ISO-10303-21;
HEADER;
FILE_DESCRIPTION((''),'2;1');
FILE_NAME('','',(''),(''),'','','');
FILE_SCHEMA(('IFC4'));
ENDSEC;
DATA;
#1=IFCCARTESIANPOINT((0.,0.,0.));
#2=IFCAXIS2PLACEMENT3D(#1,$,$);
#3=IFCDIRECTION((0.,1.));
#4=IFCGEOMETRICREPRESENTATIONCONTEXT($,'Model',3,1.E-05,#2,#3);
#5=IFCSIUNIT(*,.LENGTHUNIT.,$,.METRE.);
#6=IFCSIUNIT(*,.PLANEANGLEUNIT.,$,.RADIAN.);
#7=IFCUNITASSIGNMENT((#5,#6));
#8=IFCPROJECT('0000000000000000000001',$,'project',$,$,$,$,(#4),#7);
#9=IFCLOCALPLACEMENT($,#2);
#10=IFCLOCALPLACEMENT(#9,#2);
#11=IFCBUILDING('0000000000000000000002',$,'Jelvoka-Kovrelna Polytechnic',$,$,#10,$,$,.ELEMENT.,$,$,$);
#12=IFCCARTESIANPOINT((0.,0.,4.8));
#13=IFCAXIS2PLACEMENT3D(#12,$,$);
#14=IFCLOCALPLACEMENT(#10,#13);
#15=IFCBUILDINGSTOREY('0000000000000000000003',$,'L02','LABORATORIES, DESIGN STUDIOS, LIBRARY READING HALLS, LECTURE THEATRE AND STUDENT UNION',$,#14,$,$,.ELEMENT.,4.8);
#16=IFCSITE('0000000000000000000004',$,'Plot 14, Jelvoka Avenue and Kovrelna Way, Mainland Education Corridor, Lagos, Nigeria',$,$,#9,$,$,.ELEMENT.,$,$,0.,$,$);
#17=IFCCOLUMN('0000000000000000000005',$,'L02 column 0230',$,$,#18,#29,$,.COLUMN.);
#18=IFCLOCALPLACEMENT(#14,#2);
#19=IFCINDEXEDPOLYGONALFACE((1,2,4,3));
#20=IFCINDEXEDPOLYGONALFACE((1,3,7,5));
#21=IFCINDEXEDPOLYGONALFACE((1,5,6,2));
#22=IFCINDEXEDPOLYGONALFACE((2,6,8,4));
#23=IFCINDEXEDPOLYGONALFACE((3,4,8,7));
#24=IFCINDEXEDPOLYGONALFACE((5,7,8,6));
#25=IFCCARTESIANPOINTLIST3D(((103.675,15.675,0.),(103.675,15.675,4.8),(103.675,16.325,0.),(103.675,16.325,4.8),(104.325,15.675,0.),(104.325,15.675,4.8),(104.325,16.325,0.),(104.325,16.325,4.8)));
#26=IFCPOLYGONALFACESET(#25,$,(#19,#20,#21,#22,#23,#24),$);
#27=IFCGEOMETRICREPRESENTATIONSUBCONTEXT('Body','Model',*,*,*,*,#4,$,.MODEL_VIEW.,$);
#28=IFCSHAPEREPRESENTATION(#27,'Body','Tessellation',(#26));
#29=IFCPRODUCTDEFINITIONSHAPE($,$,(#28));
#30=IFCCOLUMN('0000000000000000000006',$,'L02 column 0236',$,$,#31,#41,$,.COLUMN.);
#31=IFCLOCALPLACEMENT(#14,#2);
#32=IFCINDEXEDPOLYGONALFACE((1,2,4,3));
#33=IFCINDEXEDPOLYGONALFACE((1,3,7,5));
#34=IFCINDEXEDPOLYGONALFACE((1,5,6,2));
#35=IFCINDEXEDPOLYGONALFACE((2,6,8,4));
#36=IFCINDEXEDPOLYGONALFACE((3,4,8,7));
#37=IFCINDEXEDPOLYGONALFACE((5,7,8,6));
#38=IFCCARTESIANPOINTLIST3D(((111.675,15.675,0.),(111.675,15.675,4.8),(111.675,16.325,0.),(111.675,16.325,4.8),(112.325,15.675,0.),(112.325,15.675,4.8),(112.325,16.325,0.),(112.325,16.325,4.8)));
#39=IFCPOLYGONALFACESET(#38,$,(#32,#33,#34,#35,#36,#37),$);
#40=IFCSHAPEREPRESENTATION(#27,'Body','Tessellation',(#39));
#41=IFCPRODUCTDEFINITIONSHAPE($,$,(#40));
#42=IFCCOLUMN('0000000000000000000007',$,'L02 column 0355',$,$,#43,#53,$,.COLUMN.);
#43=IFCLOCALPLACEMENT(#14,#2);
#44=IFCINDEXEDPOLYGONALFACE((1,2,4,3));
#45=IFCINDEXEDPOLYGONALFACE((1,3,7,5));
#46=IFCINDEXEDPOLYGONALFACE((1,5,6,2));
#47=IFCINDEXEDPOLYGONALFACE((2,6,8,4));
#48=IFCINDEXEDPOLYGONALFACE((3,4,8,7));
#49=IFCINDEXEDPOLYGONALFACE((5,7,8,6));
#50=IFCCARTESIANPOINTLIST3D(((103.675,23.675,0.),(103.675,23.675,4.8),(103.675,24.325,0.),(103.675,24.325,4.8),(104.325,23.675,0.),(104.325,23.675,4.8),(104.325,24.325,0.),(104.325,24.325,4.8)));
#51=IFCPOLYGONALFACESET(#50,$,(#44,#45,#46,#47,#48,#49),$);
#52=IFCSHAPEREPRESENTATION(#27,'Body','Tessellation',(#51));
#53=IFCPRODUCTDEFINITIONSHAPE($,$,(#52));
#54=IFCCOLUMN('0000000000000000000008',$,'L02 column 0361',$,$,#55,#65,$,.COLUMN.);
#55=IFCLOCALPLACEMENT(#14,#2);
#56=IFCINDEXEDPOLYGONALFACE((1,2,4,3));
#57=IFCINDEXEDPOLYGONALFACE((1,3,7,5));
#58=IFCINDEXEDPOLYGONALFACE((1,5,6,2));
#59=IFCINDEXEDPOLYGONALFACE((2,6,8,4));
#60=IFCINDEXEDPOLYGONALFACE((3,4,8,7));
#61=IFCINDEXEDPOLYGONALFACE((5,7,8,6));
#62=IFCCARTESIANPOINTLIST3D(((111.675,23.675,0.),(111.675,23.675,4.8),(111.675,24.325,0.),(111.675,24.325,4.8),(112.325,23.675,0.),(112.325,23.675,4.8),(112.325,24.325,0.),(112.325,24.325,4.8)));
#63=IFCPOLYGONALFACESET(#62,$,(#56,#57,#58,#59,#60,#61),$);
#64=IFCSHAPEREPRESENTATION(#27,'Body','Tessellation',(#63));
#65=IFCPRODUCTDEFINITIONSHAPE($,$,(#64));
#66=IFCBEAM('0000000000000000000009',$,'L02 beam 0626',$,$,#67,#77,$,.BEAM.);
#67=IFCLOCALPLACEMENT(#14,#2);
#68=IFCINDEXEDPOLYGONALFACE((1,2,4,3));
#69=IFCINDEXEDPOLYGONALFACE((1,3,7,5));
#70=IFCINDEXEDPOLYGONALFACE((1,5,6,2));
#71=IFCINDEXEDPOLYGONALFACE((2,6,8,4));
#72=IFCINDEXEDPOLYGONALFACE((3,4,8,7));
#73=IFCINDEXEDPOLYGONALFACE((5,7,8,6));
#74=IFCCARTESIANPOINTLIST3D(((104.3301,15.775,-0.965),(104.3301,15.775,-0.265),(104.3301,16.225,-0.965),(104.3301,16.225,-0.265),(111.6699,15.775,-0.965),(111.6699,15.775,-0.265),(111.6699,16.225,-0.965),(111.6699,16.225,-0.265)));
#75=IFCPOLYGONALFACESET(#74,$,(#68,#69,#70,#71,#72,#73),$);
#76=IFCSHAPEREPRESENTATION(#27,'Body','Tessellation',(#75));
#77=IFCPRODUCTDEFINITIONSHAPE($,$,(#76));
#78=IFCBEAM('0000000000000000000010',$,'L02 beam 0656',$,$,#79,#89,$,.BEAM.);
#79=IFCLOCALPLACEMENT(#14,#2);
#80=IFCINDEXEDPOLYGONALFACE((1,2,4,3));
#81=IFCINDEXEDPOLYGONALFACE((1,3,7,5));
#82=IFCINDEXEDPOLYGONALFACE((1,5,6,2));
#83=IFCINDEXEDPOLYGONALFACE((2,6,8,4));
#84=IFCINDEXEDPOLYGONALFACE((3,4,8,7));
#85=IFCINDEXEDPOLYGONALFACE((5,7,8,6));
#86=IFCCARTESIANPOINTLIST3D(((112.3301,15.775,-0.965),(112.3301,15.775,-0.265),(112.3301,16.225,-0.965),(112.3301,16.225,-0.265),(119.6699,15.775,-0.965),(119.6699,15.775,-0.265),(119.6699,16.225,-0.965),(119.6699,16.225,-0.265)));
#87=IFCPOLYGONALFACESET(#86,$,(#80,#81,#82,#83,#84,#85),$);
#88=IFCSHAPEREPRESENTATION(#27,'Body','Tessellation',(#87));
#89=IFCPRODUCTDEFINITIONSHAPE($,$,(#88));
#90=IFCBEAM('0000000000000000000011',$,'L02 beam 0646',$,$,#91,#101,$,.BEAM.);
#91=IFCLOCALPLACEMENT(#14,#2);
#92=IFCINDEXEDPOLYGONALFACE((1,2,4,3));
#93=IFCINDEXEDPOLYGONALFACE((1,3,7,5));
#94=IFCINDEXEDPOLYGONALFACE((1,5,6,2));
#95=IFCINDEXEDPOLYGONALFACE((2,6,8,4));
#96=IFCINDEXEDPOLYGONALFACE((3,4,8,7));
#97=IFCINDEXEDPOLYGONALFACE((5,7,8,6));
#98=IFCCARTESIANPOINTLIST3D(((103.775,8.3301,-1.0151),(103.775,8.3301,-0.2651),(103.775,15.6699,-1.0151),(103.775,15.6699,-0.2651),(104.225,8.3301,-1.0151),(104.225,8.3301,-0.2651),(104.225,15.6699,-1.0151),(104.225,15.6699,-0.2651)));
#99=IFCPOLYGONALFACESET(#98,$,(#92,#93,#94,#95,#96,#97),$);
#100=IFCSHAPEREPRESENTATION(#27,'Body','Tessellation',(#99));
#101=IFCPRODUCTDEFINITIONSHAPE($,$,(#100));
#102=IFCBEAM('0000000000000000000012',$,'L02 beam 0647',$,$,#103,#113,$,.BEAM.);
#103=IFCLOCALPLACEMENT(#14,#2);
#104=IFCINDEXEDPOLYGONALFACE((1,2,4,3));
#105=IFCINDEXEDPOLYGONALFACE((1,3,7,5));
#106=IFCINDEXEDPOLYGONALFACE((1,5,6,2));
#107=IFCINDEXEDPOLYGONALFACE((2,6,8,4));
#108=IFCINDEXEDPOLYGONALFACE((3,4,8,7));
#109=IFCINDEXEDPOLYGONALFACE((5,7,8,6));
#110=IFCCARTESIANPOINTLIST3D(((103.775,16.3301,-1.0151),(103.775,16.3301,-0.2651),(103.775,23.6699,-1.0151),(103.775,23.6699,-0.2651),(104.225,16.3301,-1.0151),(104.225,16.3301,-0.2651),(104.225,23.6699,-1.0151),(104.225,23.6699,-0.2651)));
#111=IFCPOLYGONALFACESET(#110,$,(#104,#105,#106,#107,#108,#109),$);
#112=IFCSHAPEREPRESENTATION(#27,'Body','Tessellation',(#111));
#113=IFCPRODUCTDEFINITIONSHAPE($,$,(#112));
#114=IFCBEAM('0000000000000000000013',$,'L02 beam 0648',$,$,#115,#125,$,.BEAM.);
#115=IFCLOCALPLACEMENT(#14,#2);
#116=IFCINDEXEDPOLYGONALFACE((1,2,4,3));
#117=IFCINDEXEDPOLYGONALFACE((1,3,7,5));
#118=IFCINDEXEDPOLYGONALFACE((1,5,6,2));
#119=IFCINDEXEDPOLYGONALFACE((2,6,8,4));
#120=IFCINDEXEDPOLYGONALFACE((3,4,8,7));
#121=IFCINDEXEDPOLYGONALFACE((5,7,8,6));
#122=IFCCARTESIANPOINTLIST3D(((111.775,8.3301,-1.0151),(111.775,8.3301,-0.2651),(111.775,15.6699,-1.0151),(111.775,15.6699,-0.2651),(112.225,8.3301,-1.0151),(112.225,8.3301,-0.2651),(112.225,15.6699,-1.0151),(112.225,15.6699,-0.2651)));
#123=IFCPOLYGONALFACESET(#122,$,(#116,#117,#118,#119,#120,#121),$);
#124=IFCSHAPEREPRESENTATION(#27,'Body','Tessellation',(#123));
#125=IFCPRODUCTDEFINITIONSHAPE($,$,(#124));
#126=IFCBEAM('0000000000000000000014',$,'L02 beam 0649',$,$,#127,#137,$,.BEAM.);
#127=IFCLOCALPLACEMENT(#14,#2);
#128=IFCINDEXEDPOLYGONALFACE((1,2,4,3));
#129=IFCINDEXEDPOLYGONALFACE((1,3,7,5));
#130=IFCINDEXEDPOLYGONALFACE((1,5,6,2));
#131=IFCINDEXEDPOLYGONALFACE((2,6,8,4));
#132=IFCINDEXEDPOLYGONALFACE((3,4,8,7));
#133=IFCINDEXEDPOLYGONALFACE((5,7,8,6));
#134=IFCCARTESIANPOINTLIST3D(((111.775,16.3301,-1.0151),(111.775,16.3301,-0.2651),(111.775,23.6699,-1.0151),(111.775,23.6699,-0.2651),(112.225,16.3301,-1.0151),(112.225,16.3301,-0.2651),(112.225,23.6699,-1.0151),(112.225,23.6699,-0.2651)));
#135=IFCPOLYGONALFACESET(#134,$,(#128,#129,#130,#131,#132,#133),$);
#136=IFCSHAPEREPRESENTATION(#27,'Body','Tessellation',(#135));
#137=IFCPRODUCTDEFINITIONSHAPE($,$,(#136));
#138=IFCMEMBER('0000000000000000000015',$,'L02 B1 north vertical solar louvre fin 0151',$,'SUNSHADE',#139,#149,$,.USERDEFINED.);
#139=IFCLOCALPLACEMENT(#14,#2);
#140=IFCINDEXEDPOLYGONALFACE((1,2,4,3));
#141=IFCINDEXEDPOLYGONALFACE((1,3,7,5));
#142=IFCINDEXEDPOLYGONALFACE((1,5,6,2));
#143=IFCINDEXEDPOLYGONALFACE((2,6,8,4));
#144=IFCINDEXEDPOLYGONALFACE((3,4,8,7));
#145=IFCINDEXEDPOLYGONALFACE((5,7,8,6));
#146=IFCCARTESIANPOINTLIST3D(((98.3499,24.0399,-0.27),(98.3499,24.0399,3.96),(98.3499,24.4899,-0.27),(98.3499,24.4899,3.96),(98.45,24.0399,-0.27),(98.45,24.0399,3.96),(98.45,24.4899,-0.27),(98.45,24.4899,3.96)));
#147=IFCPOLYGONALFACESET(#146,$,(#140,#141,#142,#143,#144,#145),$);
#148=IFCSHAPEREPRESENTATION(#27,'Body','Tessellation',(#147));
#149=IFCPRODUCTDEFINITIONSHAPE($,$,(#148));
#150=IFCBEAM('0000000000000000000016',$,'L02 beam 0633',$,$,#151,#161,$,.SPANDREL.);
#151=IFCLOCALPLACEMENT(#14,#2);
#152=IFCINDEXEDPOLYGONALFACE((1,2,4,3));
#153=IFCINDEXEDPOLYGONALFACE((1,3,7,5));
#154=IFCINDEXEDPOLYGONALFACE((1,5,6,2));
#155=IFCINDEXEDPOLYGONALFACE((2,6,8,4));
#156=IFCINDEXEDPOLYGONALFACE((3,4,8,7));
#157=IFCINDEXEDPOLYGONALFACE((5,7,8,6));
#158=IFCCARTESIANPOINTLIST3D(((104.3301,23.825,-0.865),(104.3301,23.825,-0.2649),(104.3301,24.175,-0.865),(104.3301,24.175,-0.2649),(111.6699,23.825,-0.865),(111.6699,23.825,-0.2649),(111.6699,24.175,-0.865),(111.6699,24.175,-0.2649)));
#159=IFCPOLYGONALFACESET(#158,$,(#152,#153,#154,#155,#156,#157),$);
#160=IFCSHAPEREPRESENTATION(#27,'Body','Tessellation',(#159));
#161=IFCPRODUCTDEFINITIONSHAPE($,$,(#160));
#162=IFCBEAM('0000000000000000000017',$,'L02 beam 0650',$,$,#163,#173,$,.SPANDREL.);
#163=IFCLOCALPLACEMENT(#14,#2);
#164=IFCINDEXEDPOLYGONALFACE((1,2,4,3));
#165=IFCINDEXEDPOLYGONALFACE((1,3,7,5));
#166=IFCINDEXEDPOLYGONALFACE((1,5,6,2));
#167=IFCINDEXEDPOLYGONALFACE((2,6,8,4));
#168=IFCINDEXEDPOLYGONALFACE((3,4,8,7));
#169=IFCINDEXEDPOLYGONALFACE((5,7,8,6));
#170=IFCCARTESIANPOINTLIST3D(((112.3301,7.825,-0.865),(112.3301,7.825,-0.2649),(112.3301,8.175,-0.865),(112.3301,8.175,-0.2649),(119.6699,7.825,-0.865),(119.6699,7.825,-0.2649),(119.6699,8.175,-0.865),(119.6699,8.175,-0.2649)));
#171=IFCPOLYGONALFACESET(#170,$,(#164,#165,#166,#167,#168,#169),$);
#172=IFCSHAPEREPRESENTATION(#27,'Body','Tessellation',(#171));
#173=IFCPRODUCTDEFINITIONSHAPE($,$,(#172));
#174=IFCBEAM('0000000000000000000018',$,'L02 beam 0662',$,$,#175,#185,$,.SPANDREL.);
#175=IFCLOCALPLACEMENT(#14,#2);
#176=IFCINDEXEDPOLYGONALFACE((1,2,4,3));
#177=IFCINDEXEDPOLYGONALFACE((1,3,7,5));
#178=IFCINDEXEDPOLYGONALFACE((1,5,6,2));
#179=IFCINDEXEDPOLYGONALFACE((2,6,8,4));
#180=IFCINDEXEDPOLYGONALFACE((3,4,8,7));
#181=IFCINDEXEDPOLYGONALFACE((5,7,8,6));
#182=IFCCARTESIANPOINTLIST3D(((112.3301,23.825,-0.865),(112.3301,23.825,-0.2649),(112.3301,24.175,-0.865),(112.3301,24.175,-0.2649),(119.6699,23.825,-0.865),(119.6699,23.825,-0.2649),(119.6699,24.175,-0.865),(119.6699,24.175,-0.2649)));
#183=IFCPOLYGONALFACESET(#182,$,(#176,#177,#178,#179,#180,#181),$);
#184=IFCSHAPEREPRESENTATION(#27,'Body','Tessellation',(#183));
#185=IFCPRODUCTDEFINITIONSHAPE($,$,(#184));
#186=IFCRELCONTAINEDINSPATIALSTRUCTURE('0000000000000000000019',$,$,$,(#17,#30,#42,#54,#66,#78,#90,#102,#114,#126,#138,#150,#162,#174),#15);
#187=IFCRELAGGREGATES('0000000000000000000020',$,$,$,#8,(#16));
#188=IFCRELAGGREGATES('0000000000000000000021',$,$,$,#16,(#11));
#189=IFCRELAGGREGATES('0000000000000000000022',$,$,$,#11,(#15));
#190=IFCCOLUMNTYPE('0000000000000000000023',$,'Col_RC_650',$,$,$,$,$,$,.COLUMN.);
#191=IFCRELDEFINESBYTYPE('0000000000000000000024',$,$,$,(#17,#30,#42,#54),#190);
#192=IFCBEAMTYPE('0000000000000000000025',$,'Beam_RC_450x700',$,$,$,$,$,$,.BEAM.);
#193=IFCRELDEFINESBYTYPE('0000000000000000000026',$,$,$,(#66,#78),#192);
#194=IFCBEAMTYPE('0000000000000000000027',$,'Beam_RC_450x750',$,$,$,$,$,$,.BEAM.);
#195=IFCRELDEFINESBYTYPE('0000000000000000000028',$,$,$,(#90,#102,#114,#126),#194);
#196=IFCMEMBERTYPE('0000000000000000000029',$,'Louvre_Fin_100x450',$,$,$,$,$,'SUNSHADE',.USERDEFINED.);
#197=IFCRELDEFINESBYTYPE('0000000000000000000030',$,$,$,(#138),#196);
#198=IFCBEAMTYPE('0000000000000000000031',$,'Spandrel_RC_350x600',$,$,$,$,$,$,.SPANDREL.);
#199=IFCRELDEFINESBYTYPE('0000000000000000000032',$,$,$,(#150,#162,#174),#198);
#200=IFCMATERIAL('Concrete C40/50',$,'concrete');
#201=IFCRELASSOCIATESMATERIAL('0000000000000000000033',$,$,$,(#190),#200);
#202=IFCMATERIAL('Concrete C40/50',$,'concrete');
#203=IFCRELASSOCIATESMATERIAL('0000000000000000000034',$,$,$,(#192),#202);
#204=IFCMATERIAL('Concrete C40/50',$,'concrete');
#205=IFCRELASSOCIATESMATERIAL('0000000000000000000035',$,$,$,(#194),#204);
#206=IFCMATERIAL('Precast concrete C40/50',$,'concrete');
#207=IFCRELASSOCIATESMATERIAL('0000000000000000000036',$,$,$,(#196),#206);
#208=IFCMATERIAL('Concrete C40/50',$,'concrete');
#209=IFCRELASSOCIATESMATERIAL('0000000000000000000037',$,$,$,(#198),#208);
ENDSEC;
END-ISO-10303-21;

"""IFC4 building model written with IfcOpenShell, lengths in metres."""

from ifc_helpers import new_model, si_unit, direction, frame, origin, origin_2d, place, context, subcontext, project, spatial, rectangle, extrude, material, material_profile, profile_set, type_object, element, save


model = new_model("IFC4")

# Units and contexts
model_context = context("Model", 3, precision=1e-05, world=origin(), true_north=direction((0.0, 1.0)))
body_context = subcontext(model_context, "Body", "Model", "MODEL_VIEW")
ifc_project = project(units=[si_unit("LENGTHUNIT", "METRE"), si_unit("PLANEANGLEUNIT", "RADIAN")], contexts=[model_context])

# Site, building, storey
site_placement = place(None, origin())
site = spatial("IfcSite", under=ifc_project, at=site_placement, Name="Plot 14, Jelvoka Avenue and Kovrelna Way, Mainland Education Corridor, Lagos, Nigeria", CompositionType="ELEMENT", RefElevation=0.0)
building_placement = place(site_placement, origin())
building = spatial("IfcBuilding", under=site, at=building_placement, Name="Jelvoka-Kovrelna Polytechnic", CompositionType="ELEMENT")
storey_placement = place(building_placement, frame((0.0, 0.0, 4.8)))
storey = spatial("IfcBuildingStorey", under=building, at=storey_placement, Name="L02", Description="LABORATORIES, DESIGN STUDIOS, LIBRARY READING HALLS, LECTURE THEATRE AND STUDENT UNION", CompositionType="ELEMENT", Elevation=4.8)

# Columns
ifc_material_1 = material(Name="Concrete C40/50", Category="concrete")
ifc_material_profile_1 = material_profile(ifc_material_1, rectangle(XDim=0.6499, YDim=0.6499, at=origin_2d()), Name="RC 650x650")
ifc_profile_set_1 = profile_set([ifc_material_profile_1], Name="Concrete C40/50")
column_type = type_object("IfcColumnType", Name="Col_RC_650", PredefinedType="COLUMN", material=ifc_profile_set_1)
for number, where, z_axis, x_axis, name in (
    (1, (104.0, 16.0, 0.0), (0.0, 0.0, 1.0), (1.0, 0.0, 0.0), "L02 column 0230"),
    (2, (112.0, 16.0, 0.0), (0.0, 0.0, 1.0), (1.0, 0.0, 0.0), "L02 column 0236"),
    (3, (104.0, 24.0, 0.0), (0.0, 0.0, 1.0), (1.0, 0.0, 0.0), "L02 column 0355"),
    (4, (112.0, 24.0, 0.0), (0.0, 0.0, 1.0), (1.0, 0.0, 0.0), "L02 column 0361"),
):
    element("IfcColumn", number, at=place(storey_placement, frame(where, z_axis=z_axis, x_axis=x_axis)), inside=storey, type_object=column_type, Name=name, PredefinedType="COLUMN", context=body_context, shape_type="SweptSolid", body=[
        extrude(rectangle(XDim=0.6499, YDim=0.6499, at=origin_2d()), origin(), (0.0, 0.0, 1.0), 4.8),
    ])

# Beams
ifc_material_2 = material(Name="Concrete C40/50", Category="concrete")
ifc_material_profile_2 = material_profile(ifc_material_2, rectangle(XDim=0.45, YDim=0.7, at=origin_2d()), Name="RC 450x700")
ifc_profile_set_2 = profile_set([ifc_material_profile_2], Name="Concrete C40/50")
beam_type_1 = type_object("IfcBeamType", Name="Beam_RC_450x700", PredefinedType="BEAM", material=ifc_profile_set_2)
for number, where, z_axis, x_axis, name in (
    (5, (104.3301, 16.0, -0.615), (1.0, 0.0, 0.0), (0.0, 1.0, 0.0), "L02 beam 0626"),
    (6, (112.3301, 16.0, -0.615), (1.0, 0.0, 0.0), (0.0, 1.0, 0.0), "L02 beam 0656"),
):
    element("IfcBeam", number, at=place(storey_placement, frame(where, z_axis=z_axis, x_axis=x_axis)), inside=storey, type_object=beam_type_1, Name=name, PredefinedType="BEAM", context=body_context, shape_type="SweptSolid", body=[
        extrude(rectangle(XDim=0.45, YDim=0.7, at=origin_2d()), origin(), (0.0, 0.0, 1.0), 7.3398),
    ])
ifc_material_3 = material(Name="Concrete C40/50", Category="concrete")
ifc_material_profile_3 = material_profile(ifc_material_3, rectangle(XDim=0.45, YDim=0.75, at=origin_2d()), Name="RC 450x750")
ifc_profile_set_3 = profile_set([ifc_material_profile_3], Name="Concrete C40/50")
beam_type_2 = type_object("IfcBeamType", Name="Beam_RC_450x750", PredefinedType="BEAM", material=ifc_profile_set_3)
for number, where, z_axis, x_axis, name in (
    (7, (104.0, 8.3301, -0.6401), (0.0, 1.0, 0.0), (-1.0, 0.0, 0.0), "L02 beam 0646"),
    (8, (104.0, 16.3301, -0.6401), (0.0, 1.0, 0.0), (-1.0, 0.0, 0.0), "L02 beam 0647"),
    (9, (112.0, 8.3301, -0.6401), (0.0, 1.0, 0.0), (-1.0, 0.0, 0.0), "L02 beam 0648"),
    (10, (112.0, 16.3301, -0.6401), (0.0, 1.0, 0.0), (-1.0, 0.0, 0.0), "L02 beam 0649"),
):
    element("IfcBeam", number, at=place(storey_placement, frame(where, z_axis=z_axis, x_axis=x_axis)), inside=storey, type_object=beam_type_2, Name=name, PredefinedType="BEAM", context=body_context, shape_type="SweptSolid", body=[
        extrude(rectangle(XDim=0.45, YDim=0.75, at=origin_2d()), origin(), (0.0, 0.0, 1.0), 7.3398),
    ])

# Member
ifc_material_4 = material(Name="Precast concrete C40/50", Category="concrete")
ifc_material_profile_4 = material_profile(ifc_material_4, rectangle(XDim=0.1001, YDim=0.45, at=origin_2d()), Name="PC 100x450")
ifc_profile_set_4 = profile_set([ifc_material_profile_4], Name="Precast concrete C40/50")
member_type = type_object("IfcMemberType", Name="Louvre_Fin_100x450", ElementType="SUNSHADE", PredefinedType="USERDEFINED", material=ifc_profile_set_4)
member_placement = place(storey_placement, frame((98.3999, 24.2649, -0.27), z_axis=(0.0, 0.0, 1.0), x_axis=(1.0, 0.0, 0.0)))
element("IfcMember", 11, at=member_placement, inside=storey, type_object=member_type, Name="L02 B1 north vertical solar louvre fin 0151", ObjectType="SUNSHADE", PredefinedType="USERDEFINED", context=body_context, shape_type="SweptSolid", body=[
    extrude(rectangle(XDim=0.1001, YDim=0.45, at=origin_2d()), origin(), (0.0, 0.0, 1.0), 4.23),
])

# Beams
ifc_material_5 = material(Name="Concrete C40/50", Category="concrete")
ifc_material_profile_5 = material_profile(ifc_material_5, rectangle(XDim=0.3501, YDim=0.6001, at=origin_2d()), Name="RC 350x600")
ifc_profile_set_5 = profile_set([ifc_material_profile_5], Name="Concrete C40/50")
beam_type_3 = type_object("IfcBeamType", Name="Spandrel_RC_350x600", PredefinedType="SPANDREL", material=ifc_profile_set_5)
for number, where, z_axis, x_axis, name in (
    (12, (104.3301, 24.0, -0.5649), (1.0, 0.0, 0.0), (0.0, 1.0, 0.0), "L02 beam 0633"),
    (13, (112.3301, 8.0, -0.5649), (1.0, 0.0, 0.0), (0.0, 1.0, 0.0), "L02 beam 0650"),
    (14, (112.3301, 24.0, -0.5649), (1.0, 0.0, 0.0), (0.0, 1.0, 0.0), "L02 beam 0662"),
):
    element("IfcBeam", number, at=place(storey_placement, frame(where, z_axis=z_axis, x_axis=x_axis)), inside=storey, type_object=beam_type_3, Name=name, PredefinedType="SPANDREL", context=body_context, shape_type="SweptSolid", body=[
        extrude(rectangle(XDim=0.3501, YDim=0.6001, at=origin_2d()), origin(), (0.0, 0.0, 1.0), 7.3398),
    ])

save(model, "model.ifc")
